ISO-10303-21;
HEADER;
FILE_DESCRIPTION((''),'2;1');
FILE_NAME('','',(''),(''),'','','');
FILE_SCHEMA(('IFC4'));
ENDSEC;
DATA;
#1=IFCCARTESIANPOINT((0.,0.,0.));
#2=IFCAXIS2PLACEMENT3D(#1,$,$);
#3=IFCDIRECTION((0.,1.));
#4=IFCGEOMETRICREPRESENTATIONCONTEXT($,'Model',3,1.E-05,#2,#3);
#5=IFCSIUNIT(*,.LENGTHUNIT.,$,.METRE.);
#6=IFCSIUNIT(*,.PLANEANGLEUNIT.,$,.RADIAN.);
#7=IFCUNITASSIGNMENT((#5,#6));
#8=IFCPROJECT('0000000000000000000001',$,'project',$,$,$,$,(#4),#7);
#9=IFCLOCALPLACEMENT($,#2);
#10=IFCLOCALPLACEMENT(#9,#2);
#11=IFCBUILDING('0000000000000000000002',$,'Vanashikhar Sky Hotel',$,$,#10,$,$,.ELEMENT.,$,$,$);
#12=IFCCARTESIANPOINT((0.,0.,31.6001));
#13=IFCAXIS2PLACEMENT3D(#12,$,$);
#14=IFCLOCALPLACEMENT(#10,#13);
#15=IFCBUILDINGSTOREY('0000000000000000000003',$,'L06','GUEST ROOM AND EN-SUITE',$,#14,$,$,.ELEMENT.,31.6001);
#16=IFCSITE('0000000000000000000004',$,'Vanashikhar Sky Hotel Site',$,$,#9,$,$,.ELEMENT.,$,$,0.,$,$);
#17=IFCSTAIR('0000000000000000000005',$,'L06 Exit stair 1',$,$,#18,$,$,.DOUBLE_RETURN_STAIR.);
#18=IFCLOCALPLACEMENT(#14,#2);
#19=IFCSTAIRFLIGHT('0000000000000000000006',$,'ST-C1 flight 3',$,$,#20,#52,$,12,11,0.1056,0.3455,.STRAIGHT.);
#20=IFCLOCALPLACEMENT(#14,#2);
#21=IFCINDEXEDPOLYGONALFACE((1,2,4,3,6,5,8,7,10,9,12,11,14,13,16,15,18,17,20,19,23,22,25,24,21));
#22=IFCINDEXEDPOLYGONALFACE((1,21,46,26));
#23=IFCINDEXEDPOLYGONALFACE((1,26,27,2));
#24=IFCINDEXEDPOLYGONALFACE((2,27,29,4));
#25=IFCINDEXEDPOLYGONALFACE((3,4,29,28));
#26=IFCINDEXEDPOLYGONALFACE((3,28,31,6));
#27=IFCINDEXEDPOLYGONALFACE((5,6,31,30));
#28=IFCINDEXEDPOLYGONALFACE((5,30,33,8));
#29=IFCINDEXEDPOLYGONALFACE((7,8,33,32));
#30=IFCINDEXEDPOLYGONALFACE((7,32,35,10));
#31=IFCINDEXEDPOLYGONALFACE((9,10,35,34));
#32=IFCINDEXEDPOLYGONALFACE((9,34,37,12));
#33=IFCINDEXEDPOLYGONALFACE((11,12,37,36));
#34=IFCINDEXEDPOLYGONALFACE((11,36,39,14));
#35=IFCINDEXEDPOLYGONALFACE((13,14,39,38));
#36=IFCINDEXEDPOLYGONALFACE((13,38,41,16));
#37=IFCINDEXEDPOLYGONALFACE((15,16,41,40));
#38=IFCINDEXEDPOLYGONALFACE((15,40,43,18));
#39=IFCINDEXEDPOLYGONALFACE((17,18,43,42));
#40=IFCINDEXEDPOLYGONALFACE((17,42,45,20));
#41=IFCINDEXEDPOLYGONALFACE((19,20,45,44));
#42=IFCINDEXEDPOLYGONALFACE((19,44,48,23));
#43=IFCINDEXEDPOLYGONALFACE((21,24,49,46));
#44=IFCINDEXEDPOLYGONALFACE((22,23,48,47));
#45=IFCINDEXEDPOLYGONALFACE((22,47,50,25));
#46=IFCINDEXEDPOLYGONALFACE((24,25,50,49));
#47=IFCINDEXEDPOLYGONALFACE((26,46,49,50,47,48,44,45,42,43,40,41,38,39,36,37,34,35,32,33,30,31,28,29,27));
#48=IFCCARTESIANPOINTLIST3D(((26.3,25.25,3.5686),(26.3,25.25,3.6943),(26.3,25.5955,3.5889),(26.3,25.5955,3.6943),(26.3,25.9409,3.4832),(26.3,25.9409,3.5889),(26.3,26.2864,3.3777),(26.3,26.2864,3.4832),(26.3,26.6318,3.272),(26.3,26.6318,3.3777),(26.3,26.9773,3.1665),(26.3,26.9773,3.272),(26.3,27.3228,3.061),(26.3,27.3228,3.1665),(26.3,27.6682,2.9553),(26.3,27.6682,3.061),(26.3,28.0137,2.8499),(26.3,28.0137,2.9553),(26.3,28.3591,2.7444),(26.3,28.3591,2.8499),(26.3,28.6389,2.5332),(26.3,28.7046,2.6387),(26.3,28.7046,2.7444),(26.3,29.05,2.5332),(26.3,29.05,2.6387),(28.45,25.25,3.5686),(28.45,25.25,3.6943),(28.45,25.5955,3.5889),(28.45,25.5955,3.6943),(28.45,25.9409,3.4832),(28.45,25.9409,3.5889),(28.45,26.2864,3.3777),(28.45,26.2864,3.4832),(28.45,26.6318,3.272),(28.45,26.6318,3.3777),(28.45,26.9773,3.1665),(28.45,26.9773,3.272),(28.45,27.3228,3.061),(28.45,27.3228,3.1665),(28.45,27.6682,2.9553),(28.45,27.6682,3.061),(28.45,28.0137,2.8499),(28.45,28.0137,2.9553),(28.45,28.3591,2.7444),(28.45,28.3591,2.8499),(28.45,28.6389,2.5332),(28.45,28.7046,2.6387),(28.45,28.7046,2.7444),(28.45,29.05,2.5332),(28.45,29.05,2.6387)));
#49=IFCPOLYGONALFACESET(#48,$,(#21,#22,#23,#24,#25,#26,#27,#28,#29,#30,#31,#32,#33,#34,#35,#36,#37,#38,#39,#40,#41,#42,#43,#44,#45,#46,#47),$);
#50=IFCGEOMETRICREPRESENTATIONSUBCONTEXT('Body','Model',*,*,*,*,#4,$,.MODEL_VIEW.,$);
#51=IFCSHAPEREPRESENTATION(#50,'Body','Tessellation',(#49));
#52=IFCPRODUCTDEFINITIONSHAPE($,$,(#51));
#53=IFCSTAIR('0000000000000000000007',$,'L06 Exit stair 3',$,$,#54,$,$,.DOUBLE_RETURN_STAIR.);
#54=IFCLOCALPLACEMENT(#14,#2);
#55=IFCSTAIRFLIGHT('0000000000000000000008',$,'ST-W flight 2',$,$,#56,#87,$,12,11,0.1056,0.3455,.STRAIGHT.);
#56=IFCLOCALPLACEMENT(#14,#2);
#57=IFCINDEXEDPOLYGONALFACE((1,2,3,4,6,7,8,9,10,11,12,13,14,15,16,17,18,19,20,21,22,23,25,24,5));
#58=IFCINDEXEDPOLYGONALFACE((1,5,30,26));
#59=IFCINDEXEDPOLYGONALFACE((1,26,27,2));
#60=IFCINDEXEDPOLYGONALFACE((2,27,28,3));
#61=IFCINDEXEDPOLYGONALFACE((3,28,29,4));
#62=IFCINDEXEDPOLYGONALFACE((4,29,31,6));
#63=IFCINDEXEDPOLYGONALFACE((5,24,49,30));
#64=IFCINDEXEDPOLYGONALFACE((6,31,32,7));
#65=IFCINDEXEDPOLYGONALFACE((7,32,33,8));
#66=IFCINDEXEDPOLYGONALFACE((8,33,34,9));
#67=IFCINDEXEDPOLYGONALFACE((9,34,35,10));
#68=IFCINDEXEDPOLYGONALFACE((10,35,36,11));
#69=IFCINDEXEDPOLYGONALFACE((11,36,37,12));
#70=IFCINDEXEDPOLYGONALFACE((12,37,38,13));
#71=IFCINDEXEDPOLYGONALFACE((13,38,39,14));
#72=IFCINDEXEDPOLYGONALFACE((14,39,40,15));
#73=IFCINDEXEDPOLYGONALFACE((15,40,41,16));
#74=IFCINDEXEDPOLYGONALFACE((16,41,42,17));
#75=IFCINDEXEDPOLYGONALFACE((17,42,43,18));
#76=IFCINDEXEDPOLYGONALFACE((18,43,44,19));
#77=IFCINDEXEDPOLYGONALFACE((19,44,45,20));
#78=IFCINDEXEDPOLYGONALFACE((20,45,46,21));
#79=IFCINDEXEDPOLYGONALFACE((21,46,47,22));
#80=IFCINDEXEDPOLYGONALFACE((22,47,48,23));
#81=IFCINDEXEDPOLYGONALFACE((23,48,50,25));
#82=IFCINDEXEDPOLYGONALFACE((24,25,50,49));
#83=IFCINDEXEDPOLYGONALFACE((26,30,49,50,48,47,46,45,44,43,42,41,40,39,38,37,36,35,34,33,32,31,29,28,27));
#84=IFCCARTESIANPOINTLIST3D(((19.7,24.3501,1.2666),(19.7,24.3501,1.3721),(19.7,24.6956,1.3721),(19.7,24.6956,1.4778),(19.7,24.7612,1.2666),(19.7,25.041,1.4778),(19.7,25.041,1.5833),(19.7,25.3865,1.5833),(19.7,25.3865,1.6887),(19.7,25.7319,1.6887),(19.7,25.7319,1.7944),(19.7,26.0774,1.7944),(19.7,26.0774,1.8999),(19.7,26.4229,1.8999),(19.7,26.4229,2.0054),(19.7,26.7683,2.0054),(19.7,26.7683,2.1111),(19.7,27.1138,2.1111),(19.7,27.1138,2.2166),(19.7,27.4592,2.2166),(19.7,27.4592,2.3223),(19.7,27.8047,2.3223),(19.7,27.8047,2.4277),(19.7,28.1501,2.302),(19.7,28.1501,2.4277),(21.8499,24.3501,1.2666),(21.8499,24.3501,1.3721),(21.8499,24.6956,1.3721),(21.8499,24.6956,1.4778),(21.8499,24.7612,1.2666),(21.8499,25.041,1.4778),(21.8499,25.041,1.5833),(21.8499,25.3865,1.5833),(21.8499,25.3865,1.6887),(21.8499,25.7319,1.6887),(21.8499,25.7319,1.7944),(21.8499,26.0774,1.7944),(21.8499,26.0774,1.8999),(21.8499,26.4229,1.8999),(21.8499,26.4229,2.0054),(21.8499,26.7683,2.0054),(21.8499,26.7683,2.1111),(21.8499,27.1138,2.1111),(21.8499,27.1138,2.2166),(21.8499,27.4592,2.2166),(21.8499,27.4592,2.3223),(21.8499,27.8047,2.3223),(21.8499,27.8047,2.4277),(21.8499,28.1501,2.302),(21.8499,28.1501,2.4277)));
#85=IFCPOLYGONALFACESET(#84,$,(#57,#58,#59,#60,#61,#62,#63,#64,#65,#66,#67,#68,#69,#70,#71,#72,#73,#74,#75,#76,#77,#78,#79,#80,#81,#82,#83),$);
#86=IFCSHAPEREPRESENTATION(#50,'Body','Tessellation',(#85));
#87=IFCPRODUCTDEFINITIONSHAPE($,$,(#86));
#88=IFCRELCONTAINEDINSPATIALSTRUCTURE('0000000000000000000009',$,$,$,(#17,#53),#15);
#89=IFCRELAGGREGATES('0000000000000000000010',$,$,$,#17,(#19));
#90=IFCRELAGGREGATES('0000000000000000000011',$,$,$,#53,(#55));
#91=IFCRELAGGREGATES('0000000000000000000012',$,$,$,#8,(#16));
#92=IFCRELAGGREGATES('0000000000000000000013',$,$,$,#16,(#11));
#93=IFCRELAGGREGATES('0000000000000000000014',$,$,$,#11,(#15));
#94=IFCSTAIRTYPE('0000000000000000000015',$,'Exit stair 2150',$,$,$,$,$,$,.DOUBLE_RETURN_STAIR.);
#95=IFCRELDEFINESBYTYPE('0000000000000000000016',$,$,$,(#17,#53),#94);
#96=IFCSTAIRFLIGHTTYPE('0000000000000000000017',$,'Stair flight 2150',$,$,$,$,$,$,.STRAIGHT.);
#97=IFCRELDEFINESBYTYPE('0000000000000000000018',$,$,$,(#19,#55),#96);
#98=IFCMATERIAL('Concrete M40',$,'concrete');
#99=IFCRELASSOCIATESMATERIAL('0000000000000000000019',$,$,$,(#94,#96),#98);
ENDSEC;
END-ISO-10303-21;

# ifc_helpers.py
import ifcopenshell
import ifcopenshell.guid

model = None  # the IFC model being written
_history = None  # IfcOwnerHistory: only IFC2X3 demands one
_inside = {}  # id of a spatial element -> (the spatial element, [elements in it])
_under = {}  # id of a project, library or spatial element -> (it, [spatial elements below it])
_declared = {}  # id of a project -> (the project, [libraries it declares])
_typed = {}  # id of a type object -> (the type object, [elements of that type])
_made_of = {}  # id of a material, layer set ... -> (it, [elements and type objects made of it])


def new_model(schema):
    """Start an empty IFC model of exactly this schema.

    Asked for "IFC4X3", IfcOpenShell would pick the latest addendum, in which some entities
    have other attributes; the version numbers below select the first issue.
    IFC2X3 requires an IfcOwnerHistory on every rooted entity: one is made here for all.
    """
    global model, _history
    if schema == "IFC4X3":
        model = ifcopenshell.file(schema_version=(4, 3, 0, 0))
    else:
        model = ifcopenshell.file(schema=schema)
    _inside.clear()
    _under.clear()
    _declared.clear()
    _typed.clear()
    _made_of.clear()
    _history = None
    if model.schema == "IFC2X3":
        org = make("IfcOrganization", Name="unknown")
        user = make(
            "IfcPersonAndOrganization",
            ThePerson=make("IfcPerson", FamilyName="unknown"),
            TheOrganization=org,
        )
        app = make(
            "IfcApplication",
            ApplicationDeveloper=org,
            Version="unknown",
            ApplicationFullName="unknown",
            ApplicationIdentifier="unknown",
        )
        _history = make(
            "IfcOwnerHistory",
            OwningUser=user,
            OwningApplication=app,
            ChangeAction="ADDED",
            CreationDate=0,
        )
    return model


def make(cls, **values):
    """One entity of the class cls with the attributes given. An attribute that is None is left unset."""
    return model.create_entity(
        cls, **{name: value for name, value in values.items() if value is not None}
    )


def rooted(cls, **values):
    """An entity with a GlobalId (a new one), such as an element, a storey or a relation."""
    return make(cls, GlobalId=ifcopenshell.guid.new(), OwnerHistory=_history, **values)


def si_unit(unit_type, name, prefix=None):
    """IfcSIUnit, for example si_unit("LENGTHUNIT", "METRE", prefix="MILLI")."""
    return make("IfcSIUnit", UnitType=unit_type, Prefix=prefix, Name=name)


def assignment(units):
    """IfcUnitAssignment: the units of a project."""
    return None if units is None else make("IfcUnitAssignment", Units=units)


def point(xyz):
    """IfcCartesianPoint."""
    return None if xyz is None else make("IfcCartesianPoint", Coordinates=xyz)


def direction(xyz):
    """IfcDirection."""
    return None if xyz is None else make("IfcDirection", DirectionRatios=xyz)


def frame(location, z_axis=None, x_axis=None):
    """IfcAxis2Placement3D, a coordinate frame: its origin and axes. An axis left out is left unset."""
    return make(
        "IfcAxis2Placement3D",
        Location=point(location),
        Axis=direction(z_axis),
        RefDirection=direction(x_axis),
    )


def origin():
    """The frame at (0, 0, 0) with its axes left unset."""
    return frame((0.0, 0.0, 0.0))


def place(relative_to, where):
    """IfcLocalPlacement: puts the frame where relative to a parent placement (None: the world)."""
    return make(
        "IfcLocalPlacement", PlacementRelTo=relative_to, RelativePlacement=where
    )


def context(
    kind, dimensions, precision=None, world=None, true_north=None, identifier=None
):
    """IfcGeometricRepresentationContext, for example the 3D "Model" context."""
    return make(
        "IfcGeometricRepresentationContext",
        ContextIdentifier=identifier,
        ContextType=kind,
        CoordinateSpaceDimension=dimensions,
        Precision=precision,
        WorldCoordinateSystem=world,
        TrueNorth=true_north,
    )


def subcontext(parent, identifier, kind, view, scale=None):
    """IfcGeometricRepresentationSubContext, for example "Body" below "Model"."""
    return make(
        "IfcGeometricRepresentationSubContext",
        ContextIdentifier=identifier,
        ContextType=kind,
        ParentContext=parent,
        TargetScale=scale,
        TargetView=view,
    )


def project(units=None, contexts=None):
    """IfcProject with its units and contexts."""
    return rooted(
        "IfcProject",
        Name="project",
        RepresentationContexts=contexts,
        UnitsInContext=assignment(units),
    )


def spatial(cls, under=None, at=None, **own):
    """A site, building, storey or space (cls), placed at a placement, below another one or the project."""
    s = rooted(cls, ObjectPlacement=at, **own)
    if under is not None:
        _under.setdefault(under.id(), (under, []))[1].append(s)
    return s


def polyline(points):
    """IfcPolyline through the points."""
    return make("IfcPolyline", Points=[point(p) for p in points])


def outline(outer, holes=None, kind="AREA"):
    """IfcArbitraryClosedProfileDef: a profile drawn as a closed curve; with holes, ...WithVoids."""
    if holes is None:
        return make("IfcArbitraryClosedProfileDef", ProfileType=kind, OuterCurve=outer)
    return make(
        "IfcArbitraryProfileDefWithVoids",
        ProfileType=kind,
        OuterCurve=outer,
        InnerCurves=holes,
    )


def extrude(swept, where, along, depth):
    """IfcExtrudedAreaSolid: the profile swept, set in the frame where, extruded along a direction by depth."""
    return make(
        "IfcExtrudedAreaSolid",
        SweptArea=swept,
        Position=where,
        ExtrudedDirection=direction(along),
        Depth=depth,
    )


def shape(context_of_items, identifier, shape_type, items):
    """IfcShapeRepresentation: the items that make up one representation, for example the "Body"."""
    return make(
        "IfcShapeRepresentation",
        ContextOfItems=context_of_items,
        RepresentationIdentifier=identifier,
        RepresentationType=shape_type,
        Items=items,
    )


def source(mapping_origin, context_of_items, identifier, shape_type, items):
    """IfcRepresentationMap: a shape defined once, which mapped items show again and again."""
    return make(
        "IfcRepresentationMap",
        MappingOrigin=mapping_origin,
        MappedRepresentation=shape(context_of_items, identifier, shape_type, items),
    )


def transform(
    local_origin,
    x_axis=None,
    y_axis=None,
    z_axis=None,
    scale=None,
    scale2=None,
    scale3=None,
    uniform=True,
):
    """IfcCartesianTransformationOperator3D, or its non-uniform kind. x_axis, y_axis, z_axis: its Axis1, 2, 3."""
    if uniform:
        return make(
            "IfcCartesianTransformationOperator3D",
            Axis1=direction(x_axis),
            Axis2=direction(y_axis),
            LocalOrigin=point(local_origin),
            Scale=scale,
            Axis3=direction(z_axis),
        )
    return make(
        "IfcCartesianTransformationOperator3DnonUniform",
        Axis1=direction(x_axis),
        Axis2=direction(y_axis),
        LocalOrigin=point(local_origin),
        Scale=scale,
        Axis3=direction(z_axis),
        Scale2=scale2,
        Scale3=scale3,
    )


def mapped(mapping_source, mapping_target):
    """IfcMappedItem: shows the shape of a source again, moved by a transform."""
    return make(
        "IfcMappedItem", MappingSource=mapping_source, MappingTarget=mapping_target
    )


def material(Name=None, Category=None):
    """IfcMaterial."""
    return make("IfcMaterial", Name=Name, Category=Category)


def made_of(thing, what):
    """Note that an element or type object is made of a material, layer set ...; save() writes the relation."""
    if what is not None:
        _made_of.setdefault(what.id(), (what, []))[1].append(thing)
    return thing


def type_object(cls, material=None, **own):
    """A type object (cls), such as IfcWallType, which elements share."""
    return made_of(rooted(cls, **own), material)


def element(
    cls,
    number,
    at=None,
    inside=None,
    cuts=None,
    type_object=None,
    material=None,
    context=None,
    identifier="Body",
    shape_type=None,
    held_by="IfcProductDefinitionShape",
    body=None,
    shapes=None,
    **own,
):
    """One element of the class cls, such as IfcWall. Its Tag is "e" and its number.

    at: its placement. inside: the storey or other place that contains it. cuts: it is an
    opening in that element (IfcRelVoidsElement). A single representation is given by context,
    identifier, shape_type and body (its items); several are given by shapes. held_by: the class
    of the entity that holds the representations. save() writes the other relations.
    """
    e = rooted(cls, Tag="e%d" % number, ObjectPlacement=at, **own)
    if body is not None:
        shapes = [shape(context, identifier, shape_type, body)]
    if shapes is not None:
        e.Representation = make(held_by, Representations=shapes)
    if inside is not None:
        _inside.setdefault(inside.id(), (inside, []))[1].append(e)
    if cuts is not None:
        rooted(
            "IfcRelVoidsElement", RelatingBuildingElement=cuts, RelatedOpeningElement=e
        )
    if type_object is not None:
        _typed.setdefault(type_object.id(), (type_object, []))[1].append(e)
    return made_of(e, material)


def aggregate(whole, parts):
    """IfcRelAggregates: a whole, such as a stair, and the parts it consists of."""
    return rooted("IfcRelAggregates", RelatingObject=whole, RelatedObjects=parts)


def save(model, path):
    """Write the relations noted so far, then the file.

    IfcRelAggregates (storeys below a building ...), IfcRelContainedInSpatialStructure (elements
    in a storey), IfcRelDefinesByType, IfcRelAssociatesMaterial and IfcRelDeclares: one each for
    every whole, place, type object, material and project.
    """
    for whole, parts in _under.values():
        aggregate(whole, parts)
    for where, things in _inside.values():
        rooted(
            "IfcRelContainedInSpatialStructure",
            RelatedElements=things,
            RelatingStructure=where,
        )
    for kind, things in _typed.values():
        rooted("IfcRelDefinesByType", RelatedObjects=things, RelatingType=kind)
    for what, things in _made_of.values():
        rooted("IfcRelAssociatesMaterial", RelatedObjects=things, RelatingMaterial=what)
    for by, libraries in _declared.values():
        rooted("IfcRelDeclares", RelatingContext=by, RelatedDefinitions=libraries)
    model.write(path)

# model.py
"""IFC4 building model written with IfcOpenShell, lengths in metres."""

from ifc_helpers import new_model, si_unit, direction, frame, origin, place, context, subcontext, project, spatial, polyline, outline, extrude, source, transform, mapped, material, type_object, element, aggregate, save


model = new_model("IFC4")

# Units and contexts
model_context = context("Model", 3, precision=1e-05, world=origin(), true_north=direction((0.0, 1.0)))
body_context = subcontext(model_context, "Body", "Model", "MODEL_VIEW")
ifc_project = project(units=[si_unit("LENGTHUNIT", "METRE"), si_unit("PLANEANGLEUNIT", "RADIAN")], contexts=[model_context])

# Site, building, storey
site_placement = place(None, origin())
site = spatial("IfcSite", under=ifc_project, at=site_placement, Name="Vanashikhar Sky Hotel Site", CompositionType="ELEMENT", RefElevation=0.0)
building_placement = place(site_placement, origin())
building = spatial("IfcBuilding", under=site, at=building_placement, Name="Vanashikhar Sky Hotel", CompositionType="ELEMENT")
storey_placement = place(building_placement, frame((0.0, 0.0, 31.6001)))
storey = spatial("IfcBuildingStorey", under=building, at=storey_placement, Name="L06", Description="GUEST ROOM AND EN-SUITE", CompositionType="ELEMENT", Elevation=31.6001)

# Stair, stair flight
ifc_material_1 = material(Name="Concrete M40", Category="concrete")
stair_type = type_object("IfcStairType", Name="Exit stair 2150", PredefinedType="DOUBLE_RETURN_STAIR", material=ifc_material_1)
stair_1_placement = place(storey_placement, origin())
stair_1 = element("IfcStair", 1, at=stair_1_placement, inside=storey, type_object=stair_type, Name="L06 Exit stair 1", PredefinedType="DOUBLE_RETURN_STAIR")
stair_flight_type = type_object("IfcStairFlightType", Name="Stair flight 2150", PredefinedType="STRAIGHT", material=ifc_material_1)
shared_shape_1 = source(origin(), body_context, "Body", "SweptSolid", [
    extrude(outline(polyline([(0.0, 0.0), (0.0, 0.1055), (0.3455, 0.1055), (0.3455, 0.2112), (0.6909, 0.2112), (0.6909, 0.3167), (1.0364, 0.3167), (1.0364, 0.4221), (1.3818, 0.4221), (1.3818, 0.5278), (1.7273, 0.5278), (1.7273, 0.6333), (2.0728, 0.6333), (2.0728, 0.7388), (2.4182, 0.7388), (2.4182, 0.8445), (2.7637, 0.8445), (2.7637, 0.95), (3.1091, 0.95), (3.1091, 1.0557), (3.4546, 1.0557), (3.4546, 1.1611), (3.8, 1.1611), (3.8, 1.2666), (3.8, 1.0354), (0.4111, 0.0), (0.0, 0.0)])), frame((0.0, 1.075, 0.0), z_axis=(0.0, -1.0, 0.0), x_axis=(1.0, 0.0, 0.0)), (0.0, 0.0, 1.0), 2.1499),
])
stair_flight_1_placement = place(storey_placement, frame((27.375, 29.05, 2.5332), z_axis=(0.0, 0.0, 1.0), x_axis=(0.0, -1.0, 0.0)))
stair_flight_1 = element("IfcStairFlight", 2, at=stair_flight_1_placement, type_object=stair_flight_type, Name="ST-C1 flight 3", NumberOfRisers=12, NumberOfTreads=11, PredefinedType="STRAIGHT", RiserHeight=0.1056, TreadLength=0.3455, context=body_context, shape_type="MappedRepresentation", body=[
    mapped(shared_shape_1, transform((0.0, 0.0, 0.0), scale=1.0)),
])
aggregate(stair_1, [stair_flight_1])

# Stair, stair flight
stair_2_placement = place(storey_placement, origin())
stair_2 = element("IfcStair", 3, at=stair_2_placement, inside=storey, type_object=stair_type, Name="L06 Exit stair 3", PredefinedType="DOUBLE_RETURN_STAIR")
stair_flight_2_placement = place(storey_placement, frame((20.7749, 24.3501, 1.2666), z_axis=(0.0, 0.0, 1.0), x_axis=(0.0, 1.0, 0.0)))
stair_flight_2 = element("IfcStairFlight", 4, at=stair_flight_2_placement, type_object=stair_flight_type, Name="ST-W flight 2", NumberOfRisers=12, NumberOfTreads=11, PredefinedType="STRAIGHT", RiserHeight=0.1056, TreadLength=0.3455, context=body_context, shape_type="MappedRepresentation", body=[
    mapped(shared_shape_1, transform((0.0, 0.0, 0.0), scale=1.0)),
])
aggregate(stair_2, [stair_flight_2])

save(model, "model.ifc")
